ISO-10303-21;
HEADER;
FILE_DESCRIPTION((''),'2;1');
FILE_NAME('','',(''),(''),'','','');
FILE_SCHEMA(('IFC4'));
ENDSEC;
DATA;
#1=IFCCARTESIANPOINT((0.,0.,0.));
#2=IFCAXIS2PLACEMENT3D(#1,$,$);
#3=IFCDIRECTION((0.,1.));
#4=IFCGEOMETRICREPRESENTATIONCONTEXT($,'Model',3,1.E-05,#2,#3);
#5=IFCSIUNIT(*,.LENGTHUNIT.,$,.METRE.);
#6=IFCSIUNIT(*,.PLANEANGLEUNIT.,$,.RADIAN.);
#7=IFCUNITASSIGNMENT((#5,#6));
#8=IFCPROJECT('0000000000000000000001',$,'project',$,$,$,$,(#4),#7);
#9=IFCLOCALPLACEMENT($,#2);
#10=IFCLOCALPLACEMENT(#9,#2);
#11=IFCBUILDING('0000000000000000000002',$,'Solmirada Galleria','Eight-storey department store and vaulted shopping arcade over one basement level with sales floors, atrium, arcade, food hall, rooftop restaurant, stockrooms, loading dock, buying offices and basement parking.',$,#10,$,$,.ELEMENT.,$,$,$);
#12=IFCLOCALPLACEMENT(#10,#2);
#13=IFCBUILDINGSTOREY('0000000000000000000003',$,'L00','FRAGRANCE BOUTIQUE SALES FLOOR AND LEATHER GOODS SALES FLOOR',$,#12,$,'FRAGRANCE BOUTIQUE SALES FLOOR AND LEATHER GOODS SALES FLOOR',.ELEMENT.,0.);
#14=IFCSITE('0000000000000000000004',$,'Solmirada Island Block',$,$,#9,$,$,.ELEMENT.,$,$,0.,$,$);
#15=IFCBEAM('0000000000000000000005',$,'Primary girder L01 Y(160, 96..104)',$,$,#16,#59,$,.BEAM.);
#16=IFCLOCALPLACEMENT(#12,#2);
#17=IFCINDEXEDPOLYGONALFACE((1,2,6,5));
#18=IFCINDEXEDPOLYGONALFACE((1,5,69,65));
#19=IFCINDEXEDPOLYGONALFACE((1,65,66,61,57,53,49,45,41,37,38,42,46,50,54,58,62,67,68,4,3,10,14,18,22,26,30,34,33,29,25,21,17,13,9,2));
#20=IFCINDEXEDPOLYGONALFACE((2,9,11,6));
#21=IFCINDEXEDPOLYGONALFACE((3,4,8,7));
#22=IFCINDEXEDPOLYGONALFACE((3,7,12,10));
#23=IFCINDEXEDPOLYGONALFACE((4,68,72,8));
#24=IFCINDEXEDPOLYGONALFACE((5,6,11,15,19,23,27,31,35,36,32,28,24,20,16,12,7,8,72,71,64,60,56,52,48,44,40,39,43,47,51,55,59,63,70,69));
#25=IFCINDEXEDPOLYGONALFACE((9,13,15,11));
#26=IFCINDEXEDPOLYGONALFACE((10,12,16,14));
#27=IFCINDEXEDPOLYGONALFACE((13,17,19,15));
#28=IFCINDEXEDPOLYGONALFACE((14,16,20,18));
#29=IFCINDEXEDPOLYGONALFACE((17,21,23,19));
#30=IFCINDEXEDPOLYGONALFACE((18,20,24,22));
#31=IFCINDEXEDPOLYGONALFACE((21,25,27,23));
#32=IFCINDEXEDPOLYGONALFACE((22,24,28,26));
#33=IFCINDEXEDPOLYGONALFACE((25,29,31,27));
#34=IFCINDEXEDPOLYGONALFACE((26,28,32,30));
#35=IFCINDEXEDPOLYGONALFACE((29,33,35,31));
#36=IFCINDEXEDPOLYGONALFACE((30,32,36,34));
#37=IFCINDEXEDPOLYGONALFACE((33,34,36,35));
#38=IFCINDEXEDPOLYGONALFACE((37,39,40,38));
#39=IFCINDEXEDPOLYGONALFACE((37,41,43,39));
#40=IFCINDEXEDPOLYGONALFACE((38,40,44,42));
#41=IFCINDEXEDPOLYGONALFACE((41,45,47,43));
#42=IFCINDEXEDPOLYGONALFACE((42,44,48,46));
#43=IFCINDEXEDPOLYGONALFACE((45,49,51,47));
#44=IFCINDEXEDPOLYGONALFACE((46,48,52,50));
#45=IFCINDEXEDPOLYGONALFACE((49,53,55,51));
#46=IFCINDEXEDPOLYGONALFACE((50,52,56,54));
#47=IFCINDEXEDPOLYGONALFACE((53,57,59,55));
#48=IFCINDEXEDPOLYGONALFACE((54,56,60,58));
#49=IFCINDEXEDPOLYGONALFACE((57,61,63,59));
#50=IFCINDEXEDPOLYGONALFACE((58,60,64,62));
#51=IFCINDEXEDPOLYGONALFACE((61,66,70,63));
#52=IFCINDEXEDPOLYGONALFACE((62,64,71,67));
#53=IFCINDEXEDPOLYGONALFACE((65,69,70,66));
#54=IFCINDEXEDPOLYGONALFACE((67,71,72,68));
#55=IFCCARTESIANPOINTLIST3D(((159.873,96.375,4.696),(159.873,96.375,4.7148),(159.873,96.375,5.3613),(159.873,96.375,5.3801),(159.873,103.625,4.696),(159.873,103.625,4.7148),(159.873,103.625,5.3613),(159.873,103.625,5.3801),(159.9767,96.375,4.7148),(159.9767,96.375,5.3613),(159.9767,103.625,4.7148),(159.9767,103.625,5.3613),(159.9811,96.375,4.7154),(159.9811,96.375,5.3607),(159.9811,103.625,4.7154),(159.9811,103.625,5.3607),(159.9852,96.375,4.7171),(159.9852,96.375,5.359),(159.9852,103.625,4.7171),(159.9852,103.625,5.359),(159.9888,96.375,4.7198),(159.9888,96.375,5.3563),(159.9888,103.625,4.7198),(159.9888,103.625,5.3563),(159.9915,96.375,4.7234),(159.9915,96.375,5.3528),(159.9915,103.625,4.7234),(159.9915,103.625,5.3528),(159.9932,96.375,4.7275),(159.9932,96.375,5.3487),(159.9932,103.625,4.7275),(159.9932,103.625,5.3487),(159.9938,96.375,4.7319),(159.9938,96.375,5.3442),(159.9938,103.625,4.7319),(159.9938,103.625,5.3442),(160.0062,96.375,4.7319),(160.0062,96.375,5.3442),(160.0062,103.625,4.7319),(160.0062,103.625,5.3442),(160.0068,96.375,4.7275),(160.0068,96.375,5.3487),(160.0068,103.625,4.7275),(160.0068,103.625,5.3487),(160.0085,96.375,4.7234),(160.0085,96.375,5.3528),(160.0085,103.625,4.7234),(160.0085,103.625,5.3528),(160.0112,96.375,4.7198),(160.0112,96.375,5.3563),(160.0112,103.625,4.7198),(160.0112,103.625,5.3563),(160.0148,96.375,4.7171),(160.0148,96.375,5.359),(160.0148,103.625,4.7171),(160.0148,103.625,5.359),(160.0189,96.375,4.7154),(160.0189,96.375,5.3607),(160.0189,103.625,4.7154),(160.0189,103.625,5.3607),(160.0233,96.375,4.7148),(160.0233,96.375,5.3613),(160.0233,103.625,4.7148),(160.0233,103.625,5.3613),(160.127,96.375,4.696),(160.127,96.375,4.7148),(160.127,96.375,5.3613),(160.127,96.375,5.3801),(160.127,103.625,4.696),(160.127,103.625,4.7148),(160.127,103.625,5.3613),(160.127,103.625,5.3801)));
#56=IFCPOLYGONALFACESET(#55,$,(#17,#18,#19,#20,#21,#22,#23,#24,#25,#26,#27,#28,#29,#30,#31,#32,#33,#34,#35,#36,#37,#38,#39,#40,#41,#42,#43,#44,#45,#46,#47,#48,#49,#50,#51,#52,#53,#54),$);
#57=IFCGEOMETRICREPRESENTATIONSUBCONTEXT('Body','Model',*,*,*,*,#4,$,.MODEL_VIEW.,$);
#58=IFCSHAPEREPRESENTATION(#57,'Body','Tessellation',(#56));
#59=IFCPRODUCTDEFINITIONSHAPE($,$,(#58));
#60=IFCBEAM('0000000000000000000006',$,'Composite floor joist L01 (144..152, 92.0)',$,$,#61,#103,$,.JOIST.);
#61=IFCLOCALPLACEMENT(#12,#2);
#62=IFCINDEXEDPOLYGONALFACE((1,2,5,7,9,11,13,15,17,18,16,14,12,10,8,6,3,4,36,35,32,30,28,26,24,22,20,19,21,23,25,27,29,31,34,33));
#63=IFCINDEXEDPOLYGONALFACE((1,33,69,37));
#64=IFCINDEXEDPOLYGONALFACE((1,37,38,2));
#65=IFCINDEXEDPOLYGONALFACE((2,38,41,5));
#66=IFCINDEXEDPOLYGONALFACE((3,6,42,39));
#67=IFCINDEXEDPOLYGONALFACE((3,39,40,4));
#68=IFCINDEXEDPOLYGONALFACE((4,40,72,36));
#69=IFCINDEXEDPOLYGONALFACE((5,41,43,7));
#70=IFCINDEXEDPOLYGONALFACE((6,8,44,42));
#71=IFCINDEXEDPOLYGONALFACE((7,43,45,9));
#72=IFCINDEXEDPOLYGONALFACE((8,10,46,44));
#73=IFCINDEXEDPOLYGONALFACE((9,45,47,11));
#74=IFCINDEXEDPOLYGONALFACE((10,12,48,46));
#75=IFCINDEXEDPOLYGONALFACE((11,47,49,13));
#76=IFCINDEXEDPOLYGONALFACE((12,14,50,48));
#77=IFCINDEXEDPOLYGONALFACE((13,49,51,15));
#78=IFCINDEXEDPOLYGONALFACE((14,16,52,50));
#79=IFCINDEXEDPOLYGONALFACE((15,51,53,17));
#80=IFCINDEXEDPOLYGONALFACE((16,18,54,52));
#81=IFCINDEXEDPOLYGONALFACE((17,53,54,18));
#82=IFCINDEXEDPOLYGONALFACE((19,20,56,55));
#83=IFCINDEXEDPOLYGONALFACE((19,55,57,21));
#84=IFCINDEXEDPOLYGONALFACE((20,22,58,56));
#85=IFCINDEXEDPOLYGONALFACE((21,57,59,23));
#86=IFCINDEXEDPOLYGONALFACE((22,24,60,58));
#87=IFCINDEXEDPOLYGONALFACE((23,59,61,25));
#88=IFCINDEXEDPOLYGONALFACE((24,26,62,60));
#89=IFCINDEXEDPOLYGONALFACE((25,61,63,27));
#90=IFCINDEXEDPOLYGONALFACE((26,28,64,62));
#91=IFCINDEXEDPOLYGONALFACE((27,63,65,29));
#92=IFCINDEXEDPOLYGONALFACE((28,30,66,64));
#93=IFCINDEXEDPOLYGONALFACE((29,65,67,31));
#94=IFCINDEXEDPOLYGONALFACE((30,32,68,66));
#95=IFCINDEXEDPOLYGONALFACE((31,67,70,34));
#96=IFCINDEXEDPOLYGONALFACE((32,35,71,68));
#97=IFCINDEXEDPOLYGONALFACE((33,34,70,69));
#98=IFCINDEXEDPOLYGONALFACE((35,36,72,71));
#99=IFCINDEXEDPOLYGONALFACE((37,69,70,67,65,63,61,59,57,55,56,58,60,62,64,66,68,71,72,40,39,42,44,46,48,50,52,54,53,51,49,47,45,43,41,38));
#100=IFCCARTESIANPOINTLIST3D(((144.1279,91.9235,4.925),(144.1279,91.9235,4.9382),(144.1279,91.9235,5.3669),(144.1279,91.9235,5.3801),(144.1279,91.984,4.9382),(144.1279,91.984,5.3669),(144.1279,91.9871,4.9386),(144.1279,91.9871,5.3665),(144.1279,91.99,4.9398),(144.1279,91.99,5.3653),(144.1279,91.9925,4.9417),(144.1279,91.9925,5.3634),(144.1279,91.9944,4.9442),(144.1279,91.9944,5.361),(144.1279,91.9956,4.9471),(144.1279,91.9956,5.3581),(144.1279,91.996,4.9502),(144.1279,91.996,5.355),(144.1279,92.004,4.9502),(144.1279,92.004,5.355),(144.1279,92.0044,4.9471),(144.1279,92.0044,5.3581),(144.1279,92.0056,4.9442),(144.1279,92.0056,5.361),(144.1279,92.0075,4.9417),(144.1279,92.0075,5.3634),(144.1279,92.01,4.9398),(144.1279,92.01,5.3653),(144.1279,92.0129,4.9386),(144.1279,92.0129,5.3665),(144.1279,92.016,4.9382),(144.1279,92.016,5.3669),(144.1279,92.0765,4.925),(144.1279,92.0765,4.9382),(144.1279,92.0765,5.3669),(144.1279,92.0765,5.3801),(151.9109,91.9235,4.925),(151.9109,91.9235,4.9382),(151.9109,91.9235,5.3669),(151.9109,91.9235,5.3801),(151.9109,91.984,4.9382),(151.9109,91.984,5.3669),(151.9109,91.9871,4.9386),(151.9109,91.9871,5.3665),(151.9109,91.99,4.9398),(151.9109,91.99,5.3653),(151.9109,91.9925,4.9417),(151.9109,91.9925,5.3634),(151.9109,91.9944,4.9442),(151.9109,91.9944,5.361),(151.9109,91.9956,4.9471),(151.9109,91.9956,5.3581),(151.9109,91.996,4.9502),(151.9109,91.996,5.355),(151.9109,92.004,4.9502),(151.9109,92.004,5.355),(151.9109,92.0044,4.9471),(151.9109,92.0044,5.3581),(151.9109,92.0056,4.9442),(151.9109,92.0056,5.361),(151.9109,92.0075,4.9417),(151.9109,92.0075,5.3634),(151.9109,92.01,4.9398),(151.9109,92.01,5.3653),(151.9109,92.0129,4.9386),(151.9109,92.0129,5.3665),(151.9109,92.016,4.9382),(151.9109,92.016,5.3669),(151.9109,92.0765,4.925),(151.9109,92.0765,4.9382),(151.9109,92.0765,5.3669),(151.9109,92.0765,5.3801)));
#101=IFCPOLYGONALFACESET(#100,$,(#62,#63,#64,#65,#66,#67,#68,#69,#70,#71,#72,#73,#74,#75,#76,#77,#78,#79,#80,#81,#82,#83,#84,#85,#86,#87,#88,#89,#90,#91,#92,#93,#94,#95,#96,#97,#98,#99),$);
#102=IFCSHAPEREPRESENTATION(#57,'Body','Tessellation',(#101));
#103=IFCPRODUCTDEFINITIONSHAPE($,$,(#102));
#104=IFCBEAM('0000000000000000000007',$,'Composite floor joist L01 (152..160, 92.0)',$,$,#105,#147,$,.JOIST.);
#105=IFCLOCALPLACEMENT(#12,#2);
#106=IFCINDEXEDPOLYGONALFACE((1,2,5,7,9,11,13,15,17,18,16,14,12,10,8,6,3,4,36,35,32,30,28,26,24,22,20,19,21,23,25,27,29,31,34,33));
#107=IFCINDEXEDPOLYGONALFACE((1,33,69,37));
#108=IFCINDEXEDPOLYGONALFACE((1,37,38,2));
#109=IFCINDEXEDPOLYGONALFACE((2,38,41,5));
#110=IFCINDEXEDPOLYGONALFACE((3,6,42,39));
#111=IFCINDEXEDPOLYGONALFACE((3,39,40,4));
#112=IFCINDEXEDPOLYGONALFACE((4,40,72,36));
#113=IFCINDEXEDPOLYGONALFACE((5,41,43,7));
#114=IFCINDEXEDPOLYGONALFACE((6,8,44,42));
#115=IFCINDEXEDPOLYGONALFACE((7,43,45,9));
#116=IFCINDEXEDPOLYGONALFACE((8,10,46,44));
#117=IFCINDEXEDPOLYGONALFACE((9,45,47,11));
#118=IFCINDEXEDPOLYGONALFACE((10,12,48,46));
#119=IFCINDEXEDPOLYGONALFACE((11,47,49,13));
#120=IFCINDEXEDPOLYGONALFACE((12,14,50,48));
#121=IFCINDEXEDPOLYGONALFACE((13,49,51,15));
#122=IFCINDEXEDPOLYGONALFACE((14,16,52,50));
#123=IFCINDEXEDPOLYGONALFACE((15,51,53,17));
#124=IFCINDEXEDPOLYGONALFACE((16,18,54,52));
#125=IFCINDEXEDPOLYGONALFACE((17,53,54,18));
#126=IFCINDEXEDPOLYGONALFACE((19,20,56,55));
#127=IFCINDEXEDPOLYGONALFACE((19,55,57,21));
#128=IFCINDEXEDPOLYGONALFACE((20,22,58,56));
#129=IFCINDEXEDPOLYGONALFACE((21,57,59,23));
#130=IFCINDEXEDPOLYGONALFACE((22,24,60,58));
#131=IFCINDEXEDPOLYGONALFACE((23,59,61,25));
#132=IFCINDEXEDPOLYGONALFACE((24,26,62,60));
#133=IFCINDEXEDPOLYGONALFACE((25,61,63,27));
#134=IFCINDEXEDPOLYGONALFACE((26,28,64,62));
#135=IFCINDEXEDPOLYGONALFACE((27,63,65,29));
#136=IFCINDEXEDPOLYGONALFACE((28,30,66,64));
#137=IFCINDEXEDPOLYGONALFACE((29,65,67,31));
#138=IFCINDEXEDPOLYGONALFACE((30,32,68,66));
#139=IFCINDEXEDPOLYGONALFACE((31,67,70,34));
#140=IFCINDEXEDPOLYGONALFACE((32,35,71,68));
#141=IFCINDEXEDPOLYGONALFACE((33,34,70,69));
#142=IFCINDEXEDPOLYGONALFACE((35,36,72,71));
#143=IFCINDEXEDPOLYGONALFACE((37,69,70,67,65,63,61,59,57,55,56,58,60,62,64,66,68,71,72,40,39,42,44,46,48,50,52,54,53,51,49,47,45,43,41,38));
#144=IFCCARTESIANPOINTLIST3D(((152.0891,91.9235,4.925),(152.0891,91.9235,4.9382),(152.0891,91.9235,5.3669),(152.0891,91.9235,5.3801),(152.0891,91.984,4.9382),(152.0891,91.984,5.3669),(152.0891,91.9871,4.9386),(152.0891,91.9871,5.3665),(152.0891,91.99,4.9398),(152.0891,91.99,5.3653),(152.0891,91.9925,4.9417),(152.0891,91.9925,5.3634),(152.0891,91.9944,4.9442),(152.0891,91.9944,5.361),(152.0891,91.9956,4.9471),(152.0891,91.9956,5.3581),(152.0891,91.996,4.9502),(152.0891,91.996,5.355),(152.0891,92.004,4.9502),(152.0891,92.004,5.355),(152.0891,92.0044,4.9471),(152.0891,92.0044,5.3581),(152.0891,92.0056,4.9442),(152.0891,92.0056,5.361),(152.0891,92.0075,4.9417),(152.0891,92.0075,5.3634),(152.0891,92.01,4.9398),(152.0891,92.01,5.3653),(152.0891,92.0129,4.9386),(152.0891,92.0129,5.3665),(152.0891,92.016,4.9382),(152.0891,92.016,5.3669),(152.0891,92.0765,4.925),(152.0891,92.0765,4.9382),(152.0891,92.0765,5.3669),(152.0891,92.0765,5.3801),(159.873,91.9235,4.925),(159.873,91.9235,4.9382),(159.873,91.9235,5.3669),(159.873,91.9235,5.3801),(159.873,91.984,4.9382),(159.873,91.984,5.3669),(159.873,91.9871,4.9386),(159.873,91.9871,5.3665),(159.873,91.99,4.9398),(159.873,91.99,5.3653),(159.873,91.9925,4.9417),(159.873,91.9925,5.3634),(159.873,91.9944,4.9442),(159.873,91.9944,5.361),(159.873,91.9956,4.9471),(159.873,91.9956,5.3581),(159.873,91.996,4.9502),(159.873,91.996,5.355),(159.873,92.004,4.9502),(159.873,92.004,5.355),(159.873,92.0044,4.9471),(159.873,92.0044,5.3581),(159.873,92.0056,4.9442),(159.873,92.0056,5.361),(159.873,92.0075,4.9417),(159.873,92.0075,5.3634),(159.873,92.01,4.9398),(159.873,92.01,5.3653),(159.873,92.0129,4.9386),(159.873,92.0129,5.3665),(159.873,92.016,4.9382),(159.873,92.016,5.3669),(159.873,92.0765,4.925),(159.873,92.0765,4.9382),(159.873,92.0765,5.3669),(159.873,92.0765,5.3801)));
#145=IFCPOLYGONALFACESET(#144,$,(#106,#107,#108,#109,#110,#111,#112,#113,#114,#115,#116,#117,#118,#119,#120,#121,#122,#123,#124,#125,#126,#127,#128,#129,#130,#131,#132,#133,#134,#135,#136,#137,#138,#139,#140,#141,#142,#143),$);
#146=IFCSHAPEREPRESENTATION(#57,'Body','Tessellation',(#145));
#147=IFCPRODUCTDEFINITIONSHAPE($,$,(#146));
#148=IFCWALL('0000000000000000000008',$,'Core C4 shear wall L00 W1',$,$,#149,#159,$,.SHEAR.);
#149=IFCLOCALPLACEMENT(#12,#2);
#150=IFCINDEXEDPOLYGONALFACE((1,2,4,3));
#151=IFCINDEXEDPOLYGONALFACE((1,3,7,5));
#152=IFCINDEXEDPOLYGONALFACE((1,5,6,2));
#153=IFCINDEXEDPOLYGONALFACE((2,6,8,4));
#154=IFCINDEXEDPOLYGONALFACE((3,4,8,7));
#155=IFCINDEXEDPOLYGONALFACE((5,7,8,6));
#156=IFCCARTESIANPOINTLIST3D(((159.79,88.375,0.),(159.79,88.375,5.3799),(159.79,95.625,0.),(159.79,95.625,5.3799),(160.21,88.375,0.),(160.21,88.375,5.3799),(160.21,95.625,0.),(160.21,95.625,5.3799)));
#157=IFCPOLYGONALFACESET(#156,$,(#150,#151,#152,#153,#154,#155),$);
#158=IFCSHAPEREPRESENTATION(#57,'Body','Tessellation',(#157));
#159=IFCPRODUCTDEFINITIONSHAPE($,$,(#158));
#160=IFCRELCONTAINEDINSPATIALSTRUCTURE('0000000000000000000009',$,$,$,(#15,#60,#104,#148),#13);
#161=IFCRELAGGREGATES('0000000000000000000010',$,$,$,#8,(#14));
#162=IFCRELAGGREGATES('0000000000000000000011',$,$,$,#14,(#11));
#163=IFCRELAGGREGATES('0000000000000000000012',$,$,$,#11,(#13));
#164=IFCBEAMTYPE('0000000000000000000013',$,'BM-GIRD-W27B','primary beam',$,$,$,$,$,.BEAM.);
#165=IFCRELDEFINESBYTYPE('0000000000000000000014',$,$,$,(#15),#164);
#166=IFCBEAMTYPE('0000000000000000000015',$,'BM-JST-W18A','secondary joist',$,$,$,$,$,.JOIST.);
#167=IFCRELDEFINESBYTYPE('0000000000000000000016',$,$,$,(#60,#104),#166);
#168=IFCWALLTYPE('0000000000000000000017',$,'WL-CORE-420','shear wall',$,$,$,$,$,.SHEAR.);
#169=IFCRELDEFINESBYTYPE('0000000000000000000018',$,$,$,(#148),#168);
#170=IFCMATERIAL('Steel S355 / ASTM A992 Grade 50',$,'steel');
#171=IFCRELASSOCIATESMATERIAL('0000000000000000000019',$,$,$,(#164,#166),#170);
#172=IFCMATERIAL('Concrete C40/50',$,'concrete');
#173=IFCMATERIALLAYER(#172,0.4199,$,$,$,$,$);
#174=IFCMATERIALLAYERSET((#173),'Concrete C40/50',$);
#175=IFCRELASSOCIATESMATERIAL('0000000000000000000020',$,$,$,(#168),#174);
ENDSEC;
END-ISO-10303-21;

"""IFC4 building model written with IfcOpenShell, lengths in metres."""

from ifc_helpers import new_model, si_unit, direction, frame, frame_2d, origin, origin_2d, place, context, subcontext, project, spatial, rectangle, i_section, extrude, material, layer, layer_set, material_profile, profile_set, type_object, element, save


model = new_model("IFC4")

# Units and contexts
model_context = context("Model", 3, precision=1e-05, world=origin(), true_north=direction((0.0, 1.0)))
body_context = subcontext(model_context, "Body", "Model", "MODEL_VIEW")
ifc_project = project(units=[si_unit("LENGTHUNIT", "METRE"), si_unit("PLANEANGLEUNIT", "RADIAN")], contexts=[model_context])

# Site, building, storey
site_placement = place(None, origin())
site = spatial("IfcSite", under=ifc_project, at=site_placement, Name="Solmirada Island Block", CompositionType="ELEMENT", RefElevation=0.0)
building_placement = place(site_placement, origin())
building = spatial("IfcBuilding", under=site, at=building_placement, Name="Solmirada Galleria", Description="Eight-storey department store and vaulted shopping arcade over one basement level with sales floors, atrium, arcade, food hall, rooftop restaurant, stockrooms, loading dock, buying offices and basement parking.", CompositionType="ELEMENT")
storey_placement = place(building_placement, origin())
storey = spatial("IfcBuildingStorey", under=building, at=storey_placement, Name="L00", Description="FRAGRANCE BOUTIQUE SALES FLOOR AND LEATHER GOODS SALES FLOOR", LongName="FRAGRANCE BOUTIQUE SALES FLOOR AND LEATHER GOODS SALES FLOOR", CompositionType="ELEMENT", Elevation=0.0)

# Shared definitions
ifc_material_1 = material(Name="Concrete C40/50", Category="concrete")

# Beams
ifc_material_2 = material(Name="Steel S355 / ASTM A992 Grade 50", Category="steel")
ifc_material_profile_1 = material_profile(ifc_material_2, i_section(OverallWidth=0.2539, OverallDepth=0.6841, WebThickness=0.0125, FlangeThickness=0.0188, FilletRadius=0.0171, at=origin_2d()), Name="W27X94")
ifc_profile_set_1 = profile_set([ifc_material_profile_1], Name="Steel S355 / ASTM A992 Grade 50")
beam_type_1 = type_object("IfcBeamType", Name="BM-GIRD-W27B", Description="primary beam", PredefinedType="BEAM", material=ifc_profile_set_1)
for number, where, z_axis, x_axis, name in (
    (1, (160.0, 96.375, 5.0381), (0.0, 1.0, 0.0), (-1.0, 0.0, 0.0), "Primary girder L01 Y(160, 96..104)"),
):
    element("IfcBeam", number, at=place(storey_placement, frame(where, z_axis=z_axis, x_axis=x_axis)), inside=storey, type_object=beam_type_1, Name=name, PredefinedType="BEAM", context=body_context, shape_type="SweptSolid", body=[
        extrude(i_section(OverallWidth=0.2539, OverallDepth=0.6841, WebThickness=0.0125, FlangeThickness=0.0188, FilletRadius=0.0171, at=origin_2d()), origin(), (0.0, 0.0, 1.0), 7.25),
    ])
ifc_material_profile_2 = material_profile(ifc_material_2, i_section(OverallWidth=0.1531, OverallDepth=0.4551, WebThickness=0.0081, FlangeThickness=0.0132, FilletRadius=0.012, at=origin_2d()), Name="W18X40")
ifc_profile_set_2 = profile_set([ifc_material_profile_2], Name="Steel S355 / ASTM A992 Grade 50")
beam_type_2 = type_object("IfcBeamType", Name="BM-JST-W18A", Description="secondary joist", PredefinedType="JOIST", material=ifc_profile_set_2)
beam_1_placement = place(storey_placement, frame((144.1279, 92.0, 5.1526), z_axis=(1.0, 0.0, 0.0), x_axis=(0.0, 1.0, 0.0)))
element("IfcBeam", 2, at=beam_1_placement, inside=storey, type_object=beam_type_2, Name="Composite floor joist L01 (144..152, 92.0)", PredefinedType="JOIST", context=body_context, shape_type="SweptSolid", body=[
    extrude(i_section(OverallWidth=0.1531, OverallDepth=0.4551, WebThickness=0.0081, FlangeThickness=0.0132, FilletRadius=0.012, at=origin_2d()), origin(), (0.0, 0.0, 1.0), 7.783),
])
beam_2_placement = place(storey_placement, frame((152.0891, 92.0, 5.1526), z_axis=(1.0, 0.0, 0.0), x_axis=(0.0, 1.0, 0.0)))
element("IfcBeam", 3, at=beam_2_placement, inside=storey, type_object=beam_type_2, Name="Composite floor joist L01 (152..160, 92.0)", PredefinedType="JOIST", context=body_context, shape_type="SweptSolid", body=[
    extrude(i_section(OverallWidth=0.1531, OverallDepth=0.4551, WebThickness=0.0081, FlangeThickness=0.0132, FilletRadius=0.012, at=origin_2d()), origin(), (0.0, 0.0, 1.0), 7.7839),
])

# Wall
ifc_layer = layer(ifc_material_1, 0.4199)
ifc_layer_set = layer_set([ifc_layer], Name="Concrete C40/50")
wall_type = type_object("IfcWallType", Name="WL-CORE-420", Description="shear wall", PredefinedType="SHEAR", material=ifc_layer_set)
wall_placement = place(storey_placement, frame((160.0, 88.375, 0.0), z_axis=(0.0, 0.0, 1.0), x_axis=(0.0, 1.0, 0.0)))
element("IfcWall", 4, at=wall_placement, inside=storey, type_object=wall_type, Name="Core C4 shear wall L00 W1", PredefinedType="SHEAR", context=body_context, shape_type="SweptSolid", body=[
    extrude(rectangle(XDim=7.25, YDim=0.4199, at=frame_2d((3.625, 0.0))), origin(), (0.0, 0.0, 1.0), 5.3799),
])

save(model, "model.ifc")
